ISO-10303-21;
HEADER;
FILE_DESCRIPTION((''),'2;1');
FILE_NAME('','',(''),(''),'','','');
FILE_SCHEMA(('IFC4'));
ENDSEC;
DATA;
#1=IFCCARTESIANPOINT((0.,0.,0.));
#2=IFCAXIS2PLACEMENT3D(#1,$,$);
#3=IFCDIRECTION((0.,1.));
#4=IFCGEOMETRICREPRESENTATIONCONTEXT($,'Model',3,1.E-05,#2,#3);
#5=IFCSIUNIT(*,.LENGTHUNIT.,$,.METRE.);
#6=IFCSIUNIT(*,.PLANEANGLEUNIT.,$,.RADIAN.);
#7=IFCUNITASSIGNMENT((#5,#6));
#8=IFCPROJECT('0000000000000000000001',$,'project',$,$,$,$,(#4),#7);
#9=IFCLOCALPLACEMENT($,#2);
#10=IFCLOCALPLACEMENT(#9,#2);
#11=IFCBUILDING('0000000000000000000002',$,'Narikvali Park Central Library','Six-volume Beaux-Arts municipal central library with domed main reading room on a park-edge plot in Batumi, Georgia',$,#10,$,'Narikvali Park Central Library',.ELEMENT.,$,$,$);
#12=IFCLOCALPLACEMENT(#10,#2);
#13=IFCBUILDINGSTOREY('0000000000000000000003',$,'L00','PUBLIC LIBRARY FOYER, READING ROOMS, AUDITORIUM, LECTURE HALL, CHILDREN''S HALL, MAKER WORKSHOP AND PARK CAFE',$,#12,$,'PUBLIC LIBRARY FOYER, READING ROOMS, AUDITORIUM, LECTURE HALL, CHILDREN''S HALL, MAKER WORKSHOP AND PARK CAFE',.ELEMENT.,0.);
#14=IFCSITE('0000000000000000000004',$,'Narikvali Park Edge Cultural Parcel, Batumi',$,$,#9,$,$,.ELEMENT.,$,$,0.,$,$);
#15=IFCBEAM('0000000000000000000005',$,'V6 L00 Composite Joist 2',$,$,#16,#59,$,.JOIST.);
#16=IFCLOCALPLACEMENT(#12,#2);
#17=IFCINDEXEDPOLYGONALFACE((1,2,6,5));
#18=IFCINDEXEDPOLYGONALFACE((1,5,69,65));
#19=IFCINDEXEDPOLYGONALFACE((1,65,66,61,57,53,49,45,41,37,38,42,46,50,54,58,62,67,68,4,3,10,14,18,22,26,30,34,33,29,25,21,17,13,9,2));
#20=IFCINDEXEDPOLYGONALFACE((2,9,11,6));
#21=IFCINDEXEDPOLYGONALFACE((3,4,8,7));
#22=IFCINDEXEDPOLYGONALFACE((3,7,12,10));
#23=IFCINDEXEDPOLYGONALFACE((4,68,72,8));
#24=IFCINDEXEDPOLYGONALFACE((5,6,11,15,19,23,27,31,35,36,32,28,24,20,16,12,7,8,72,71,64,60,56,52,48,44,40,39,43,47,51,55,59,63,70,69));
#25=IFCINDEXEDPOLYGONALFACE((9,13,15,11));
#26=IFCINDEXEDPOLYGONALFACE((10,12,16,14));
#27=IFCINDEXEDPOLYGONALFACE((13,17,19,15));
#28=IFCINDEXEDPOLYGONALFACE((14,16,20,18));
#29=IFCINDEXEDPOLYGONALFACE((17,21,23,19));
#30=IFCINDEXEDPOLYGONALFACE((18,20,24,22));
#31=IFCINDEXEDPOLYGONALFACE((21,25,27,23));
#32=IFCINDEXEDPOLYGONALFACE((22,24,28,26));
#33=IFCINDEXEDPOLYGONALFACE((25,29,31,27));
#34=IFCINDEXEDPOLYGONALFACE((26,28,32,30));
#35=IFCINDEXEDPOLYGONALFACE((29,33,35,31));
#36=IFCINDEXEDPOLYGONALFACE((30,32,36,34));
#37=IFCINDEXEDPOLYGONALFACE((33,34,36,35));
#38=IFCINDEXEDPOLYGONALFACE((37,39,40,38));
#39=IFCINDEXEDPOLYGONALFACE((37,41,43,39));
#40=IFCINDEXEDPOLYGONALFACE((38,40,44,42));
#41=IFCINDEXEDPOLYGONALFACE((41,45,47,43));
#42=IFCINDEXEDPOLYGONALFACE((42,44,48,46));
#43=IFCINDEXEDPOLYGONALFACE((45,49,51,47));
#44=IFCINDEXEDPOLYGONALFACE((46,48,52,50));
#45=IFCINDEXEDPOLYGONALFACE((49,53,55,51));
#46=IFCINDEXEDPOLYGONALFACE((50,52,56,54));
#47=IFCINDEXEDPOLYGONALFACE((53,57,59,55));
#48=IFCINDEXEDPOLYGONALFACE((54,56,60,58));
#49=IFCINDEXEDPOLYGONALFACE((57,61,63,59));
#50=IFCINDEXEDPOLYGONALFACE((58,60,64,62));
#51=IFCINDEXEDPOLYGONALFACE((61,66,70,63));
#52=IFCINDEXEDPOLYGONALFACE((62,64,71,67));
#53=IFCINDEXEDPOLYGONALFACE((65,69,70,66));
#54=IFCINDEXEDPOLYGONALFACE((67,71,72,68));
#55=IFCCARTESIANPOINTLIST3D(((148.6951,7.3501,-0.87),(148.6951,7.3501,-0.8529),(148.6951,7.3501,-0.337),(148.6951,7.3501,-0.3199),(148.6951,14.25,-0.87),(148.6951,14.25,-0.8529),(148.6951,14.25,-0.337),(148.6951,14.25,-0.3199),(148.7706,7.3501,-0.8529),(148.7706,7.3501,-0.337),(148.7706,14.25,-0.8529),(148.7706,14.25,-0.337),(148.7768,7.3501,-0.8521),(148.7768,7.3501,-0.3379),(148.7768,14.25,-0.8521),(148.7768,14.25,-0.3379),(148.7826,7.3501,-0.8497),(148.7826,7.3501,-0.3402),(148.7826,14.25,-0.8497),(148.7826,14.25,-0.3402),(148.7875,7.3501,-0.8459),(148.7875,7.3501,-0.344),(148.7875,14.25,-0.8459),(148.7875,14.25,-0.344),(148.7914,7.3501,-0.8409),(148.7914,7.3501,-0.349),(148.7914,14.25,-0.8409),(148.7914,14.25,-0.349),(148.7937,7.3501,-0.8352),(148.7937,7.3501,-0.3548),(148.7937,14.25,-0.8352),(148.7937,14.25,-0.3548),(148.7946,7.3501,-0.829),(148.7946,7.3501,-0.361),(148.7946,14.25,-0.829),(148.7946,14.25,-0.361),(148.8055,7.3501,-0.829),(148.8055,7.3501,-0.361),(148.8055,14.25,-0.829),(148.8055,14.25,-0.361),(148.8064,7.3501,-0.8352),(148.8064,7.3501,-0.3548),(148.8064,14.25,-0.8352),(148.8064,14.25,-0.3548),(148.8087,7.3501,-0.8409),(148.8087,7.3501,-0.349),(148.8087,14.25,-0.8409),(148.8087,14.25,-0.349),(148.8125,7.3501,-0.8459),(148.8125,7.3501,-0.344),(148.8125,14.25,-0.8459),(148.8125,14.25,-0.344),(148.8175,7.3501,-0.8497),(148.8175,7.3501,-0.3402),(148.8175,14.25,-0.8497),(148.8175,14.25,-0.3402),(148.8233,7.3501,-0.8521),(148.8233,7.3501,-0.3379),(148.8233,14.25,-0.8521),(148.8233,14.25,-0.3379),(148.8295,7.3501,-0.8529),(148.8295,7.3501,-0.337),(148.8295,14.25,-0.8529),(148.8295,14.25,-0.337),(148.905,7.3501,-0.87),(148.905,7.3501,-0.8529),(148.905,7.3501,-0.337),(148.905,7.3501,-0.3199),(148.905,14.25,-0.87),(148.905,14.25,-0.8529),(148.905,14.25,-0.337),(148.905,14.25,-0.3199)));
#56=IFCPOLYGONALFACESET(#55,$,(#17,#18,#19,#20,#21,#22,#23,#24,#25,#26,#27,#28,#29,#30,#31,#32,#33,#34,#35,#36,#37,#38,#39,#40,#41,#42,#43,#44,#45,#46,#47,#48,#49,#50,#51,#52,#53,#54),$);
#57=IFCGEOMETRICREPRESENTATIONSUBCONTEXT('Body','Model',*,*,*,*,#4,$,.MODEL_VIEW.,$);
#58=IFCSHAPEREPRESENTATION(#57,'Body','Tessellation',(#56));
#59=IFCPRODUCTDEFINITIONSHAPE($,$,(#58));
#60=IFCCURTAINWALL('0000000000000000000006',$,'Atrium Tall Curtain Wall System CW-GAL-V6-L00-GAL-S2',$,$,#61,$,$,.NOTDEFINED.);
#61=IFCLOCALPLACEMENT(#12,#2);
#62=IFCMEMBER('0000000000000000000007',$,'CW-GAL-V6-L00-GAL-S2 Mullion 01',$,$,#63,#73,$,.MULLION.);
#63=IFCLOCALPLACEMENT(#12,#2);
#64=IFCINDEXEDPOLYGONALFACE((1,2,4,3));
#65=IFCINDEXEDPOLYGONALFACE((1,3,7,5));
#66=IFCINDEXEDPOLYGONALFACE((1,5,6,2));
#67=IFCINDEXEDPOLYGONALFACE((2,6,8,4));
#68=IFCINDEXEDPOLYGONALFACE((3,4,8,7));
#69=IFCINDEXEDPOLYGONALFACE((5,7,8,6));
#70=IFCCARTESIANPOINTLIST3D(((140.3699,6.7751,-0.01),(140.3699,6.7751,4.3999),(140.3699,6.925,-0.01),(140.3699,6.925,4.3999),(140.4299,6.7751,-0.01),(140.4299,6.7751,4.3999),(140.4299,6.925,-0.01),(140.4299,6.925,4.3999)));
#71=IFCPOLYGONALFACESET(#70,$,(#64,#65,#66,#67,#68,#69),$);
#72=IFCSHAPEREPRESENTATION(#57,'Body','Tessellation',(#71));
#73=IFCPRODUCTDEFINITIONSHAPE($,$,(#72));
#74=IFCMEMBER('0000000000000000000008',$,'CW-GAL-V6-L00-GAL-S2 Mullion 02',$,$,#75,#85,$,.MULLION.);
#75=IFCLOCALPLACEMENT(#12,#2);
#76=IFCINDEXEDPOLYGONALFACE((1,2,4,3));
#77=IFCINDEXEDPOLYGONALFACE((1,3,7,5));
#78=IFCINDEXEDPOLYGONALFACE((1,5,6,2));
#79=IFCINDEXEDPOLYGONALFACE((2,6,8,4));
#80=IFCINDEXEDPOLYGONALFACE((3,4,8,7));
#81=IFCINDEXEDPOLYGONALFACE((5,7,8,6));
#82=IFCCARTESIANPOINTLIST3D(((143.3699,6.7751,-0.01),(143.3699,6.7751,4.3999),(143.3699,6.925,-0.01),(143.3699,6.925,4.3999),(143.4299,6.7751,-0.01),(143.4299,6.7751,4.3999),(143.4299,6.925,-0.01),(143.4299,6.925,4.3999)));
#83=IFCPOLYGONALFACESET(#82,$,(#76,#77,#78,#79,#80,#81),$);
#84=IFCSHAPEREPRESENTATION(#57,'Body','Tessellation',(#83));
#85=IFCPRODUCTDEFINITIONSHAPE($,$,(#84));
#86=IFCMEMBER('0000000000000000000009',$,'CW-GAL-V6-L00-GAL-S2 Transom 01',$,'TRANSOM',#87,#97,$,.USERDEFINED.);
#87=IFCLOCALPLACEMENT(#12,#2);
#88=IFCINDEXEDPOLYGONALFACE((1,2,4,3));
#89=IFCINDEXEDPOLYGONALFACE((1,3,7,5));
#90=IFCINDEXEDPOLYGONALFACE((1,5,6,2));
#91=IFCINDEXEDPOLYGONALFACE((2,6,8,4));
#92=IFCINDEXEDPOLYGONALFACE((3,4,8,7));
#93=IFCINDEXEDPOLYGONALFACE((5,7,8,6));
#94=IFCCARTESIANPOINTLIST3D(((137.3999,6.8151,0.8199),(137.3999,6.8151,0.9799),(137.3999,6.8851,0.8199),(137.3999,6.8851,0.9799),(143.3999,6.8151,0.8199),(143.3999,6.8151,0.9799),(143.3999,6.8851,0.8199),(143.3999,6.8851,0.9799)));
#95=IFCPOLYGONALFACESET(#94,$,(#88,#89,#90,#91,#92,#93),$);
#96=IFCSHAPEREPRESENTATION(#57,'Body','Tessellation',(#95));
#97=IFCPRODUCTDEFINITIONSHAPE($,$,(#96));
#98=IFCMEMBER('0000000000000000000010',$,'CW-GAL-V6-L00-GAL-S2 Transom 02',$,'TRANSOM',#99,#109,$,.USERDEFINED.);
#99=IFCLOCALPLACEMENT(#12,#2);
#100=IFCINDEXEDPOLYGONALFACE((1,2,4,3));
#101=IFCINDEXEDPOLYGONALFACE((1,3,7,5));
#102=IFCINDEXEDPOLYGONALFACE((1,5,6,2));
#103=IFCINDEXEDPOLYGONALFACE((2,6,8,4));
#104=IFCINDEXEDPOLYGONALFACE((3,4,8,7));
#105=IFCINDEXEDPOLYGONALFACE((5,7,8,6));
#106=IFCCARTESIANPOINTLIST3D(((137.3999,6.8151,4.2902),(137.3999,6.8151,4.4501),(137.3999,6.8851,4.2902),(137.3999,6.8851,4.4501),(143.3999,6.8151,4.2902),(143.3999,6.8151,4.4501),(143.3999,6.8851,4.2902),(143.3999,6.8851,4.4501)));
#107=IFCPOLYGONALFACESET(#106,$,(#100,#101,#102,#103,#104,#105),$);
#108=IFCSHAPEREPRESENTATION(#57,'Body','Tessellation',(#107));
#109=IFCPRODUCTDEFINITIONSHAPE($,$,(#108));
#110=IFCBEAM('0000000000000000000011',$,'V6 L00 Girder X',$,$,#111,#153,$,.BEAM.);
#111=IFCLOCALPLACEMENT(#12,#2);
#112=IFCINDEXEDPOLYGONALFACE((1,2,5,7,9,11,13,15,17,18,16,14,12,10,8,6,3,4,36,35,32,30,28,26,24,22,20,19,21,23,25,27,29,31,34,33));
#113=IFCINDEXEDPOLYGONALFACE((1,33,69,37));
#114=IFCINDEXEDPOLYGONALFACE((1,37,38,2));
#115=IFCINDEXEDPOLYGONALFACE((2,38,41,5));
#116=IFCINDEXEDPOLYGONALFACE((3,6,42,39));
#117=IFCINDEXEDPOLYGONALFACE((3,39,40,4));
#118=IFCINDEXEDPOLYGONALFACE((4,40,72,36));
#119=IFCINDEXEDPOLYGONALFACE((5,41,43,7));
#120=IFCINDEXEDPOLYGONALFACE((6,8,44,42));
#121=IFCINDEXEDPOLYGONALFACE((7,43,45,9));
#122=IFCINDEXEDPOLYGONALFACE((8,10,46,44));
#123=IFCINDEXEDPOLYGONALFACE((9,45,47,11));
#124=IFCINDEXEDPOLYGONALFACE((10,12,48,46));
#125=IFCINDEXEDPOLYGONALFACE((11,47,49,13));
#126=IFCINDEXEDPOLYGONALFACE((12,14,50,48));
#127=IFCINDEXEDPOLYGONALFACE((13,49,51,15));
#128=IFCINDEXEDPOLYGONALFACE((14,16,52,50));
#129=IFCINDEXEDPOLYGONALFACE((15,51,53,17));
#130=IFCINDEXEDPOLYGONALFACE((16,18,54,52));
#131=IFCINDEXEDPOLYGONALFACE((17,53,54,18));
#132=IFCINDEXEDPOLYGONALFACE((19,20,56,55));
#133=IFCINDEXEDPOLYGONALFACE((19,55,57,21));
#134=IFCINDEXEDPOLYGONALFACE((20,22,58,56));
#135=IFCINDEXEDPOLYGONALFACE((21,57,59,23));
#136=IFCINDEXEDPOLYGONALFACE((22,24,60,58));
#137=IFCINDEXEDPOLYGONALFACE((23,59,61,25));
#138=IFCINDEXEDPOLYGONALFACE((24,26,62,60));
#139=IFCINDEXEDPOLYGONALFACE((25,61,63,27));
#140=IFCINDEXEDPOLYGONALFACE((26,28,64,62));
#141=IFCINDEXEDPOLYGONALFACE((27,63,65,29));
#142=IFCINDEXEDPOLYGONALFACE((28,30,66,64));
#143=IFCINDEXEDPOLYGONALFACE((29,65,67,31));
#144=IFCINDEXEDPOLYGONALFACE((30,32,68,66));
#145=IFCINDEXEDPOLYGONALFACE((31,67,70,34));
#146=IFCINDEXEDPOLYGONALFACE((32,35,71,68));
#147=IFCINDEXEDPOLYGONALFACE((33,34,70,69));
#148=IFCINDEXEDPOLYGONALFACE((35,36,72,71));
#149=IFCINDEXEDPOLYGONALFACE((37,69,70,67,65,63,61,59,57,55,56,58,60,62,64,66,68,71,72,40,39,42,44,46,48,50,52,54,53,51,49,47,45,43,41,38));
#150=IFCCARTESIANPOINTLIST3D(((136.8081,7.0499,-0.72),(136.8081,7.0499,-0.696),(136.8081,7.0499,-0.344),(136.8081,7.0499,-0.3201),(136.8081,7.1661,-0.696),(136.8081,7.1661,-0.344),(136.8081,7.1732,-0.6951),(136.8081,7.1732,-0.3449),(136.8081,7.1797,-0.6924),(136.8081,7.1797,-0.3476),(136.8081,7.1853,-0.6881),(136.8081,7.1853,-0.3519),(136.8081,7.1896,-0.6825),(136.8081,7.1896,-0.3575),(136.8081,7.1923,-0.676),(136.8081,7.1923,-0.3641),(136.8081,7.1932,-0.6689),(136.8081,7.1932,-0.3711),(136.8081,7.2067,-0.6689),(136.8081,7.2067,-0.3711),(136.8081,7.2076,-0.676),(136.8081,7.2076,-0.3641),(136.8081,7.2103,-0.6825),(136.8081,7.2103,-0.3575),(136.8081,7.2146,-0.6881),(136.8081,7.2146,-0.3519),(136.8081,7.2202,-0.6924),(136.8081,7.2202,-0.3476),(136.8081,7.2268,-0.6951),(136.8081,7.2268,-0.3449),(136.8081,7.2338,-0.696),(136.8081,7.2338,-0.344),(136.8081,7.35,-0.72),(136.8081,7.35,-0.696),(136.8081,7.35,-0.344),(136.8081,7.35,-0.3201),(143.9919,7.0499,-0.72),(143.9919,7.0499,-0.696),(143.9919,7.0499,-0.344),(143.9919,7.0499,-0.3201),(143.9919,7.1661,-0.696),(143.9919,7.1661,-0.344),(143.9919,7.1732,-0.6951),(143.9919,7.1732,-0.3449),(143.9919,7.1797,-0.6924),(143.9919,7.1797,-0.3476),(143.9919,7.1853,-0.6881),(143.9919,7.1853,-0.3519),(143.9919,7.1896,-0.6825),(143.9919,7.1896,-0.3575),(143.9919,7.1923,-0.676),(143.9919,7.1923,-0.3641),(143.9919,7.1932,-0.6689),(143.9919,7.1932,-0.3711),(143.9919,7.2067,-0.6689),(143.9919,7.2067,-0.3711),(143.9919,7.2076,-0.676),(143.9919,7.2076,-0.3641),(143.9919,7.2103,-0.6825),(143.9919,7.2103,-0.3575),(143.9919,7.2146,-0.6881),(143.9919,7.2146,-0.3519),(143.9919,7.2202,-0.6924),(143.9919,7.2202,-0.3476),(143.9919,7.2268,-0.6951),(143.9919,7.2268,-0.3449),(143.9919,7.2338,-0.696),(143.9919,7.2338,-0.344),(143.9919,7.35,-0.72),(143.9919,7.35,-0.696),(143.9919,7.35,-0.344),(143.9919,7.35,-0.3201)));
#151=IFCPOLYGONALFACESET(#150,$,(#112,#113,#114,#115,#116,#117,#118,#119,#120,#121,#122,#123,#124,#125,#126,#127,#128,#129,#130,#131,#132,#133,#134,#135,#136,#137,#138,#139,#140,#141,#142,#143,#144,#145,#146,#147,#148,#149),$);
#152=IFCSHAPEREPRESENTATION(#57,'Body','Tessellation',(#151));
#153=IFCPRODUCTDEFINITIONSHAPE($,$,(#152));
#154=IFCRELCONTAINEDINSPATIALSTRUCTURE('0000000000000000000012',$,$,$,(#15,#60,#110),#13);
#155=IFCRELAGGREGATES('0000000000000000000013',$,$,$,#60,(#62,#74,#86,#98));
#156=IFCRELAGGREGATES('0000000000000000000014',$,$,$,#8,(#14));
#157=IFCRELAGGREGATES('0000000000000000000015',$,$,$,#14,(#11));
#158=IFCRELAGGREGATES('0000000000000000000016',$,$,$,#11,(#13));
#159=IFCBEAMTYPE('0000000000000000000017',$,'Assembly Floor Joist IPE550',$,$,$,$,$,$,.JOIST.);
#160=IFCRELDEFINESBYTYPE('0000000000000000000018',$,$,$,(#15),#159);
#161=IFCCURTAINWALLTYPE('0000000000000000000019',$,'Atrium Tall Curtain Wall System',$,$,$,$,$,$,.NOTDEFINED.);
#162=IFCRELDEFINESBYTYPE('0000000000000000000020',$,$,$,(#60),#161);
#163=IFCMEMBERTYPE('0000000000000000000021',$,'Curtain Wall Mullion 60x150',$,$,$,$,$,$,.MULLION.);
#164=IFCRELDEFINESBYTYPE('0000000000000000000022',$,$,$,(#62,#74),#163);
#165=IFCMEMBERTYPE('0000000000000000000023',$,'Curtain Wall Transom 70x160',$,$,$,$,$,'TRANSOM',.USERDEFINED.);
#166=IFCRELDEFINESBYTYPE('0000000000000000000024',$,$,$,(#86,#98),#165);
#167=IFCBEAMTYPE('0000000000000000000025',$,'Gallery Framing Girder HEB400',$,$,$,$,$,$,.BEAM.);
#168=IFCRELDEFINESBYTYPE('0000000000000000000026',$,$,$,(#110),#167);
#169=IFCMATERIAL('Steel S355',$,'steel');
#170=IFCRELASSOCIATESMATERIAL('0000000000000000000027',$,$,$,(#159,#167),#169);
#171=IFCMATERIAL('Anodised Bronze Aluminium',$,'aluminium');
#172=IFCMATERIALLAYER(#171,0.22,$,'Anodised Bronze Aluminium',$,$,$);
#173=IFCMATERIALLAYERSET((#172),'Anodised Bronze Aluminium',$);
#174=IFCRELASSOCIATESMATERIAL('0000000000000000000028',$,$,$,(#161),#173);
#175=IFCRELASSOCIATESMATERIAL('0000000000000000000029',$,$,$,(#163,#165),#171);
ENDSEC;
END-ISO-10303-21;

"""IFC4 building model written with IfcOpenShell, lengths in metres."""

from ifc_helpers import new_model, si_unit, direction, frame, origin, origin_2d, place, context, subcontext, project, spatial, rectangle, i_section, extrude, material, layer, layer_set, material_profile, profile_set, type_object, element, aggregate, save


model = new_model("IFC4")

# Units and contexts
model_context = context("Model", 3, precision=1e-05, world=origin(), true_north=direction((0.0, 1.0)))
body_context = subcontext(model_context, "Body", "Model", "MODEL_VIEW")
ifc_project = project(units=[si_unit("LENGTHUNIT", "METRE"), si_unit("PLANEANGLEUNIT", "RADIAN")], contexts=[model_context])

# Site, building, storey
site_placement = place(None, origin())
site = spatial("IfcSite", under=ifc_project, at=site_placement, Name="Narikvali Park Edge Cultural Parcel, Batumi", CompositionType="ELEMENT", RefElevation=0.0)
building_placement = place(site_placement, origin())
building = spatial("IfcBuilding", under=site, at=building_placement, Name="Narikvali Park Central Library", Description="Six-volume Beaux-Arts municipal central library with domed main reading room on a park-edge plot in Batumi, Georgia", LongName="Narikvali Park Central Library", CompositionType="ELEMENT")
storey_placement = place(building_placement, origin())
storey = spatial("IfcBuildingStorey", under=building, at=storey_placement, Name="L00", Description="PUBLIC LIBRARY FOYER, READING ROOMS, AUDITORIUM, LECTURE HALL, CHILDREN'S HALL, MAKER WORKSHOP AND PARK CAFE", LongName="PUBLIC LIBRARY FOYER, READING ROOMS, AUDITORIUM, LECTURE HALL, CHILDREN'S HALL, MAKER WORKSHOP AND PARK CAFE", CompositionType="ELEMENT", Elevation=0.0)

# Shared definitions
ifc_material_1 = material(Name="Steel S355", Category="steel")

# Beam
ifc_material_profile_1 = material_profile(ifc_material_1, i_section(OverallWidth=0.21, OverallDepth=0.55, WebThickness=0.011, FlangeThickness=0.0171, FilletRadius=0.0239, at=origin_2d()), Name="IPE 550")
ifc_profile_set_1 = profile_set([ifc_material_profile_1], Name="Steel S355")
beam_type_1 = type_object("IfcBeamType", Name="Assembly Floor Joist IPE550", PredefinedType="JOIST", material=ifc_profile_set_1)
for number, where, z_axis, x_axis, name in (
    (1, (148.8, 7.3501, -0.595), (0.0, 1.0, 0.0), (-1.0, 0.0, 0.0), "V6 L00 Composite Joist 2"),
):
    element("IfcBeam", number, at=place(storey_placement, frame(where, z_axis=z_axis, x_axis=x_axis)), inside=storey, type_object=beam_type_1, Name=name, PredefinedType="JOIST", context=body_context, shape_type="SweptSolid", body=[
        extrude(i_section(OverallWidth=0.21, OverallDepth=0.55, WebThickness=0.011, FlangeThickness=0.0171, FilletRadius=0.0239, at=origin_2d()), origin(), (0.0, 0.0, 1.0), 6.8999),
    ])

# Curtain wall, members
ifc_material_2 = material(Name="Anodised Bronze Aluminium", Category="aluminium")
ifc_layer_1 = layer(ifc_material_2, 0.22, Name="Anodised Bronze Aluminium")
ifc_layer_set_1 = layer_set([ifc_layer_1], Name="Anodised Bronze Aluminium")
curtain_wall_type = type_object("IfcCurtainWallType", Name="Atrium Tall Curtain Wall System", PredefinedType="NOTDEFINED", material=ifc_layer_set_1)
curtain_wall_placement = place(storey_placement, origin())
curtain_wall = element("IfcCurtainWall", 2, at=curtain_wall_placement, inside=storey, type_object=curtain_wall_type, Name="Atrium Tall Curtain Wall System CW-GAL-V6-L00-GAL-S2", PredefinedType="NOTDEFINED")
ifc_material_profile_2 = material_profile(ifc_material_2, rectangle(XDim=0.0601, YDim=0.1499, at=origin_2d()), Name="CW MULLION 60x150")
ifc_profile_set_2 = profile_set([ifc_material_profile_2], Name="Anodised Bronze Aluminium")
member_type_1 = type_object("IfcMemberType", Name="Curtain Wall Mullion 60x150", PredefinedType="MULLION", material=ifc_profile_set_2)
member_1_placement = place(storey_placement, frame((140.3999, 6.8501, -0.01), z_axis=(0.0, 0.0, 1.0), x_axis=(1.0, 0.0, 0.0)))
member_1 = element("IfcMember", 3, at=member_1_placement, type_object=member_type_1, Name="CW-GAL-V6-L00-GAL-S2 Mullion 01", PredefinedType="MULLION", context=body_context, shape_type="SweptSolid", body=[
    extrude(rectangle(XDim=0.0601, YDim=0.1499, at=origin_2d()), origin(), (0.0, 0.0, 1.0), 4.4099),
])
member_2_placement = place(storey_placement, frame((143.3999, 6.8501, -0.01), z_axis=(0.0, 0.0, 1.0), x_axis=(1.0, 0.0, 0.0)))
member_2 = element("IfcMember", 4, at=member_2_placement, type_object=member_type_1, Name="CW-GAL-V6-L00-GAL-S2 Mullion 02", PredefinedType="MULLION", context=body_context, shape_type="SweptSolid", body=[
    extrude(rectangle(XDim=0.0601, YDim=0.1499, at=origin_2d()), origin(), (0.0, 0.0, 1.0), 4.4099),
])
ifc_material_profile_3 = material_profile(ifc_material_2, rectangle(XDim=0.0701, YDim=0.1599, at=origin_2d()), Name="CW TRANSOM 70x160")
ifc_profile_set_3 = profile_set([ifc_material_profile_3], Name="Anodised Bronze Aluminium")
member_type_2 = type_object("IfcMemberType", Name="Curtain Wall Transom 70x160", ElementType="TRANSOM", PredefinedType="USERDEFINED", material=ifc_profile_set_3)
member_3_placement = place(storey_placement, frame((137.3999, 6.8501, 0.8999), z_axis=(1.0, 0.0, 0.0), x_axis=(0.0, 1.0, 0.0)))
member_3 = element("IfcMember", 5, at=member_3_placement, type_object=member_type_2, Name="CW-GAL-V6-L00-GAL-S2 Transom 01", ObjectType="TRANSOM", PredefinedType="USERDEFINED", context=body_context, shape_type="SweptSolid", body=[
    extrude(rectangle(XDim=0.0701, YDim=0.1599, at=origin_2d()), origin(), (0.0, 0.0, 1.0), 6.0),
])
member_4_placement = place(storey_placement, frame((137.3999, 6.8501, 4.3701), z_axis=(1.0, 0.0, 0.0), x_axis=(0.0, 1.0, 0.0)))
member_4 = element("IfcMember", 6, at=member_4_placement, type_object=member_type_2, Name="CW-GAL-V6-L00-GAL-S2 Transom 02", ObjectType="TRANSOM", PredefinedType="USERDEFINED", context=body_context, shape_type="SweptSolid", body=[
    extrude(rectangle(XDim=0.0701, YDim=0.1599, at=origin_2d()), origin(), (0.0, 0.0, 1.0), 6.0),
])

# Beam
ifc_material_profile_4 = material_profile(ifc_material_1, i_section(OverallWidth=0.3, OverallDepth=0.3999, WebThickness=0.0134, FlangeThickness=0.0239, FilletRadius=0.0271, at=origin_2d()), Name="HEB 400")
ifc_profile_set_4 = profile_set([ifc_material_profile_4], Name="Steel S355")
beam_type_2 = type_object("IfcBeamType", Name="Gallery Framing Girder HEB400", PredefinedType="BEAM", material=ifc_profile_set_4)
for number, where, z_axis, x_axis, name in (
    (7, (136.8081, 7.2, -0.52), (1.0, 0.0, 0.0), (0.0, 1.0, 0.0), "V6 L00 Girder X"),
):
    element("IfcBeam", number, at=place(storey_placement, frame(where, z_axis=z_axis, x_axis=x_axis)), inside=storey, type_object=beam_type_2, Name=name, PredefinedType="BEAM", context=body_context, shape_type="SweptSolid", body=[
        extrude(i_section(OverallWidth=0.3, OverallDepth=0.3999, WebThickness=0.0134, FlangeThickness=0.0239, FilletRadius=0.0271, at=origin_2d()), origin(), (0.0, 0.0, 1.0), 7.1838),
    ])

aggregate(curtain_wall, [member_1, member_2, member_3, member_4])

save(model, "model.ifc")
